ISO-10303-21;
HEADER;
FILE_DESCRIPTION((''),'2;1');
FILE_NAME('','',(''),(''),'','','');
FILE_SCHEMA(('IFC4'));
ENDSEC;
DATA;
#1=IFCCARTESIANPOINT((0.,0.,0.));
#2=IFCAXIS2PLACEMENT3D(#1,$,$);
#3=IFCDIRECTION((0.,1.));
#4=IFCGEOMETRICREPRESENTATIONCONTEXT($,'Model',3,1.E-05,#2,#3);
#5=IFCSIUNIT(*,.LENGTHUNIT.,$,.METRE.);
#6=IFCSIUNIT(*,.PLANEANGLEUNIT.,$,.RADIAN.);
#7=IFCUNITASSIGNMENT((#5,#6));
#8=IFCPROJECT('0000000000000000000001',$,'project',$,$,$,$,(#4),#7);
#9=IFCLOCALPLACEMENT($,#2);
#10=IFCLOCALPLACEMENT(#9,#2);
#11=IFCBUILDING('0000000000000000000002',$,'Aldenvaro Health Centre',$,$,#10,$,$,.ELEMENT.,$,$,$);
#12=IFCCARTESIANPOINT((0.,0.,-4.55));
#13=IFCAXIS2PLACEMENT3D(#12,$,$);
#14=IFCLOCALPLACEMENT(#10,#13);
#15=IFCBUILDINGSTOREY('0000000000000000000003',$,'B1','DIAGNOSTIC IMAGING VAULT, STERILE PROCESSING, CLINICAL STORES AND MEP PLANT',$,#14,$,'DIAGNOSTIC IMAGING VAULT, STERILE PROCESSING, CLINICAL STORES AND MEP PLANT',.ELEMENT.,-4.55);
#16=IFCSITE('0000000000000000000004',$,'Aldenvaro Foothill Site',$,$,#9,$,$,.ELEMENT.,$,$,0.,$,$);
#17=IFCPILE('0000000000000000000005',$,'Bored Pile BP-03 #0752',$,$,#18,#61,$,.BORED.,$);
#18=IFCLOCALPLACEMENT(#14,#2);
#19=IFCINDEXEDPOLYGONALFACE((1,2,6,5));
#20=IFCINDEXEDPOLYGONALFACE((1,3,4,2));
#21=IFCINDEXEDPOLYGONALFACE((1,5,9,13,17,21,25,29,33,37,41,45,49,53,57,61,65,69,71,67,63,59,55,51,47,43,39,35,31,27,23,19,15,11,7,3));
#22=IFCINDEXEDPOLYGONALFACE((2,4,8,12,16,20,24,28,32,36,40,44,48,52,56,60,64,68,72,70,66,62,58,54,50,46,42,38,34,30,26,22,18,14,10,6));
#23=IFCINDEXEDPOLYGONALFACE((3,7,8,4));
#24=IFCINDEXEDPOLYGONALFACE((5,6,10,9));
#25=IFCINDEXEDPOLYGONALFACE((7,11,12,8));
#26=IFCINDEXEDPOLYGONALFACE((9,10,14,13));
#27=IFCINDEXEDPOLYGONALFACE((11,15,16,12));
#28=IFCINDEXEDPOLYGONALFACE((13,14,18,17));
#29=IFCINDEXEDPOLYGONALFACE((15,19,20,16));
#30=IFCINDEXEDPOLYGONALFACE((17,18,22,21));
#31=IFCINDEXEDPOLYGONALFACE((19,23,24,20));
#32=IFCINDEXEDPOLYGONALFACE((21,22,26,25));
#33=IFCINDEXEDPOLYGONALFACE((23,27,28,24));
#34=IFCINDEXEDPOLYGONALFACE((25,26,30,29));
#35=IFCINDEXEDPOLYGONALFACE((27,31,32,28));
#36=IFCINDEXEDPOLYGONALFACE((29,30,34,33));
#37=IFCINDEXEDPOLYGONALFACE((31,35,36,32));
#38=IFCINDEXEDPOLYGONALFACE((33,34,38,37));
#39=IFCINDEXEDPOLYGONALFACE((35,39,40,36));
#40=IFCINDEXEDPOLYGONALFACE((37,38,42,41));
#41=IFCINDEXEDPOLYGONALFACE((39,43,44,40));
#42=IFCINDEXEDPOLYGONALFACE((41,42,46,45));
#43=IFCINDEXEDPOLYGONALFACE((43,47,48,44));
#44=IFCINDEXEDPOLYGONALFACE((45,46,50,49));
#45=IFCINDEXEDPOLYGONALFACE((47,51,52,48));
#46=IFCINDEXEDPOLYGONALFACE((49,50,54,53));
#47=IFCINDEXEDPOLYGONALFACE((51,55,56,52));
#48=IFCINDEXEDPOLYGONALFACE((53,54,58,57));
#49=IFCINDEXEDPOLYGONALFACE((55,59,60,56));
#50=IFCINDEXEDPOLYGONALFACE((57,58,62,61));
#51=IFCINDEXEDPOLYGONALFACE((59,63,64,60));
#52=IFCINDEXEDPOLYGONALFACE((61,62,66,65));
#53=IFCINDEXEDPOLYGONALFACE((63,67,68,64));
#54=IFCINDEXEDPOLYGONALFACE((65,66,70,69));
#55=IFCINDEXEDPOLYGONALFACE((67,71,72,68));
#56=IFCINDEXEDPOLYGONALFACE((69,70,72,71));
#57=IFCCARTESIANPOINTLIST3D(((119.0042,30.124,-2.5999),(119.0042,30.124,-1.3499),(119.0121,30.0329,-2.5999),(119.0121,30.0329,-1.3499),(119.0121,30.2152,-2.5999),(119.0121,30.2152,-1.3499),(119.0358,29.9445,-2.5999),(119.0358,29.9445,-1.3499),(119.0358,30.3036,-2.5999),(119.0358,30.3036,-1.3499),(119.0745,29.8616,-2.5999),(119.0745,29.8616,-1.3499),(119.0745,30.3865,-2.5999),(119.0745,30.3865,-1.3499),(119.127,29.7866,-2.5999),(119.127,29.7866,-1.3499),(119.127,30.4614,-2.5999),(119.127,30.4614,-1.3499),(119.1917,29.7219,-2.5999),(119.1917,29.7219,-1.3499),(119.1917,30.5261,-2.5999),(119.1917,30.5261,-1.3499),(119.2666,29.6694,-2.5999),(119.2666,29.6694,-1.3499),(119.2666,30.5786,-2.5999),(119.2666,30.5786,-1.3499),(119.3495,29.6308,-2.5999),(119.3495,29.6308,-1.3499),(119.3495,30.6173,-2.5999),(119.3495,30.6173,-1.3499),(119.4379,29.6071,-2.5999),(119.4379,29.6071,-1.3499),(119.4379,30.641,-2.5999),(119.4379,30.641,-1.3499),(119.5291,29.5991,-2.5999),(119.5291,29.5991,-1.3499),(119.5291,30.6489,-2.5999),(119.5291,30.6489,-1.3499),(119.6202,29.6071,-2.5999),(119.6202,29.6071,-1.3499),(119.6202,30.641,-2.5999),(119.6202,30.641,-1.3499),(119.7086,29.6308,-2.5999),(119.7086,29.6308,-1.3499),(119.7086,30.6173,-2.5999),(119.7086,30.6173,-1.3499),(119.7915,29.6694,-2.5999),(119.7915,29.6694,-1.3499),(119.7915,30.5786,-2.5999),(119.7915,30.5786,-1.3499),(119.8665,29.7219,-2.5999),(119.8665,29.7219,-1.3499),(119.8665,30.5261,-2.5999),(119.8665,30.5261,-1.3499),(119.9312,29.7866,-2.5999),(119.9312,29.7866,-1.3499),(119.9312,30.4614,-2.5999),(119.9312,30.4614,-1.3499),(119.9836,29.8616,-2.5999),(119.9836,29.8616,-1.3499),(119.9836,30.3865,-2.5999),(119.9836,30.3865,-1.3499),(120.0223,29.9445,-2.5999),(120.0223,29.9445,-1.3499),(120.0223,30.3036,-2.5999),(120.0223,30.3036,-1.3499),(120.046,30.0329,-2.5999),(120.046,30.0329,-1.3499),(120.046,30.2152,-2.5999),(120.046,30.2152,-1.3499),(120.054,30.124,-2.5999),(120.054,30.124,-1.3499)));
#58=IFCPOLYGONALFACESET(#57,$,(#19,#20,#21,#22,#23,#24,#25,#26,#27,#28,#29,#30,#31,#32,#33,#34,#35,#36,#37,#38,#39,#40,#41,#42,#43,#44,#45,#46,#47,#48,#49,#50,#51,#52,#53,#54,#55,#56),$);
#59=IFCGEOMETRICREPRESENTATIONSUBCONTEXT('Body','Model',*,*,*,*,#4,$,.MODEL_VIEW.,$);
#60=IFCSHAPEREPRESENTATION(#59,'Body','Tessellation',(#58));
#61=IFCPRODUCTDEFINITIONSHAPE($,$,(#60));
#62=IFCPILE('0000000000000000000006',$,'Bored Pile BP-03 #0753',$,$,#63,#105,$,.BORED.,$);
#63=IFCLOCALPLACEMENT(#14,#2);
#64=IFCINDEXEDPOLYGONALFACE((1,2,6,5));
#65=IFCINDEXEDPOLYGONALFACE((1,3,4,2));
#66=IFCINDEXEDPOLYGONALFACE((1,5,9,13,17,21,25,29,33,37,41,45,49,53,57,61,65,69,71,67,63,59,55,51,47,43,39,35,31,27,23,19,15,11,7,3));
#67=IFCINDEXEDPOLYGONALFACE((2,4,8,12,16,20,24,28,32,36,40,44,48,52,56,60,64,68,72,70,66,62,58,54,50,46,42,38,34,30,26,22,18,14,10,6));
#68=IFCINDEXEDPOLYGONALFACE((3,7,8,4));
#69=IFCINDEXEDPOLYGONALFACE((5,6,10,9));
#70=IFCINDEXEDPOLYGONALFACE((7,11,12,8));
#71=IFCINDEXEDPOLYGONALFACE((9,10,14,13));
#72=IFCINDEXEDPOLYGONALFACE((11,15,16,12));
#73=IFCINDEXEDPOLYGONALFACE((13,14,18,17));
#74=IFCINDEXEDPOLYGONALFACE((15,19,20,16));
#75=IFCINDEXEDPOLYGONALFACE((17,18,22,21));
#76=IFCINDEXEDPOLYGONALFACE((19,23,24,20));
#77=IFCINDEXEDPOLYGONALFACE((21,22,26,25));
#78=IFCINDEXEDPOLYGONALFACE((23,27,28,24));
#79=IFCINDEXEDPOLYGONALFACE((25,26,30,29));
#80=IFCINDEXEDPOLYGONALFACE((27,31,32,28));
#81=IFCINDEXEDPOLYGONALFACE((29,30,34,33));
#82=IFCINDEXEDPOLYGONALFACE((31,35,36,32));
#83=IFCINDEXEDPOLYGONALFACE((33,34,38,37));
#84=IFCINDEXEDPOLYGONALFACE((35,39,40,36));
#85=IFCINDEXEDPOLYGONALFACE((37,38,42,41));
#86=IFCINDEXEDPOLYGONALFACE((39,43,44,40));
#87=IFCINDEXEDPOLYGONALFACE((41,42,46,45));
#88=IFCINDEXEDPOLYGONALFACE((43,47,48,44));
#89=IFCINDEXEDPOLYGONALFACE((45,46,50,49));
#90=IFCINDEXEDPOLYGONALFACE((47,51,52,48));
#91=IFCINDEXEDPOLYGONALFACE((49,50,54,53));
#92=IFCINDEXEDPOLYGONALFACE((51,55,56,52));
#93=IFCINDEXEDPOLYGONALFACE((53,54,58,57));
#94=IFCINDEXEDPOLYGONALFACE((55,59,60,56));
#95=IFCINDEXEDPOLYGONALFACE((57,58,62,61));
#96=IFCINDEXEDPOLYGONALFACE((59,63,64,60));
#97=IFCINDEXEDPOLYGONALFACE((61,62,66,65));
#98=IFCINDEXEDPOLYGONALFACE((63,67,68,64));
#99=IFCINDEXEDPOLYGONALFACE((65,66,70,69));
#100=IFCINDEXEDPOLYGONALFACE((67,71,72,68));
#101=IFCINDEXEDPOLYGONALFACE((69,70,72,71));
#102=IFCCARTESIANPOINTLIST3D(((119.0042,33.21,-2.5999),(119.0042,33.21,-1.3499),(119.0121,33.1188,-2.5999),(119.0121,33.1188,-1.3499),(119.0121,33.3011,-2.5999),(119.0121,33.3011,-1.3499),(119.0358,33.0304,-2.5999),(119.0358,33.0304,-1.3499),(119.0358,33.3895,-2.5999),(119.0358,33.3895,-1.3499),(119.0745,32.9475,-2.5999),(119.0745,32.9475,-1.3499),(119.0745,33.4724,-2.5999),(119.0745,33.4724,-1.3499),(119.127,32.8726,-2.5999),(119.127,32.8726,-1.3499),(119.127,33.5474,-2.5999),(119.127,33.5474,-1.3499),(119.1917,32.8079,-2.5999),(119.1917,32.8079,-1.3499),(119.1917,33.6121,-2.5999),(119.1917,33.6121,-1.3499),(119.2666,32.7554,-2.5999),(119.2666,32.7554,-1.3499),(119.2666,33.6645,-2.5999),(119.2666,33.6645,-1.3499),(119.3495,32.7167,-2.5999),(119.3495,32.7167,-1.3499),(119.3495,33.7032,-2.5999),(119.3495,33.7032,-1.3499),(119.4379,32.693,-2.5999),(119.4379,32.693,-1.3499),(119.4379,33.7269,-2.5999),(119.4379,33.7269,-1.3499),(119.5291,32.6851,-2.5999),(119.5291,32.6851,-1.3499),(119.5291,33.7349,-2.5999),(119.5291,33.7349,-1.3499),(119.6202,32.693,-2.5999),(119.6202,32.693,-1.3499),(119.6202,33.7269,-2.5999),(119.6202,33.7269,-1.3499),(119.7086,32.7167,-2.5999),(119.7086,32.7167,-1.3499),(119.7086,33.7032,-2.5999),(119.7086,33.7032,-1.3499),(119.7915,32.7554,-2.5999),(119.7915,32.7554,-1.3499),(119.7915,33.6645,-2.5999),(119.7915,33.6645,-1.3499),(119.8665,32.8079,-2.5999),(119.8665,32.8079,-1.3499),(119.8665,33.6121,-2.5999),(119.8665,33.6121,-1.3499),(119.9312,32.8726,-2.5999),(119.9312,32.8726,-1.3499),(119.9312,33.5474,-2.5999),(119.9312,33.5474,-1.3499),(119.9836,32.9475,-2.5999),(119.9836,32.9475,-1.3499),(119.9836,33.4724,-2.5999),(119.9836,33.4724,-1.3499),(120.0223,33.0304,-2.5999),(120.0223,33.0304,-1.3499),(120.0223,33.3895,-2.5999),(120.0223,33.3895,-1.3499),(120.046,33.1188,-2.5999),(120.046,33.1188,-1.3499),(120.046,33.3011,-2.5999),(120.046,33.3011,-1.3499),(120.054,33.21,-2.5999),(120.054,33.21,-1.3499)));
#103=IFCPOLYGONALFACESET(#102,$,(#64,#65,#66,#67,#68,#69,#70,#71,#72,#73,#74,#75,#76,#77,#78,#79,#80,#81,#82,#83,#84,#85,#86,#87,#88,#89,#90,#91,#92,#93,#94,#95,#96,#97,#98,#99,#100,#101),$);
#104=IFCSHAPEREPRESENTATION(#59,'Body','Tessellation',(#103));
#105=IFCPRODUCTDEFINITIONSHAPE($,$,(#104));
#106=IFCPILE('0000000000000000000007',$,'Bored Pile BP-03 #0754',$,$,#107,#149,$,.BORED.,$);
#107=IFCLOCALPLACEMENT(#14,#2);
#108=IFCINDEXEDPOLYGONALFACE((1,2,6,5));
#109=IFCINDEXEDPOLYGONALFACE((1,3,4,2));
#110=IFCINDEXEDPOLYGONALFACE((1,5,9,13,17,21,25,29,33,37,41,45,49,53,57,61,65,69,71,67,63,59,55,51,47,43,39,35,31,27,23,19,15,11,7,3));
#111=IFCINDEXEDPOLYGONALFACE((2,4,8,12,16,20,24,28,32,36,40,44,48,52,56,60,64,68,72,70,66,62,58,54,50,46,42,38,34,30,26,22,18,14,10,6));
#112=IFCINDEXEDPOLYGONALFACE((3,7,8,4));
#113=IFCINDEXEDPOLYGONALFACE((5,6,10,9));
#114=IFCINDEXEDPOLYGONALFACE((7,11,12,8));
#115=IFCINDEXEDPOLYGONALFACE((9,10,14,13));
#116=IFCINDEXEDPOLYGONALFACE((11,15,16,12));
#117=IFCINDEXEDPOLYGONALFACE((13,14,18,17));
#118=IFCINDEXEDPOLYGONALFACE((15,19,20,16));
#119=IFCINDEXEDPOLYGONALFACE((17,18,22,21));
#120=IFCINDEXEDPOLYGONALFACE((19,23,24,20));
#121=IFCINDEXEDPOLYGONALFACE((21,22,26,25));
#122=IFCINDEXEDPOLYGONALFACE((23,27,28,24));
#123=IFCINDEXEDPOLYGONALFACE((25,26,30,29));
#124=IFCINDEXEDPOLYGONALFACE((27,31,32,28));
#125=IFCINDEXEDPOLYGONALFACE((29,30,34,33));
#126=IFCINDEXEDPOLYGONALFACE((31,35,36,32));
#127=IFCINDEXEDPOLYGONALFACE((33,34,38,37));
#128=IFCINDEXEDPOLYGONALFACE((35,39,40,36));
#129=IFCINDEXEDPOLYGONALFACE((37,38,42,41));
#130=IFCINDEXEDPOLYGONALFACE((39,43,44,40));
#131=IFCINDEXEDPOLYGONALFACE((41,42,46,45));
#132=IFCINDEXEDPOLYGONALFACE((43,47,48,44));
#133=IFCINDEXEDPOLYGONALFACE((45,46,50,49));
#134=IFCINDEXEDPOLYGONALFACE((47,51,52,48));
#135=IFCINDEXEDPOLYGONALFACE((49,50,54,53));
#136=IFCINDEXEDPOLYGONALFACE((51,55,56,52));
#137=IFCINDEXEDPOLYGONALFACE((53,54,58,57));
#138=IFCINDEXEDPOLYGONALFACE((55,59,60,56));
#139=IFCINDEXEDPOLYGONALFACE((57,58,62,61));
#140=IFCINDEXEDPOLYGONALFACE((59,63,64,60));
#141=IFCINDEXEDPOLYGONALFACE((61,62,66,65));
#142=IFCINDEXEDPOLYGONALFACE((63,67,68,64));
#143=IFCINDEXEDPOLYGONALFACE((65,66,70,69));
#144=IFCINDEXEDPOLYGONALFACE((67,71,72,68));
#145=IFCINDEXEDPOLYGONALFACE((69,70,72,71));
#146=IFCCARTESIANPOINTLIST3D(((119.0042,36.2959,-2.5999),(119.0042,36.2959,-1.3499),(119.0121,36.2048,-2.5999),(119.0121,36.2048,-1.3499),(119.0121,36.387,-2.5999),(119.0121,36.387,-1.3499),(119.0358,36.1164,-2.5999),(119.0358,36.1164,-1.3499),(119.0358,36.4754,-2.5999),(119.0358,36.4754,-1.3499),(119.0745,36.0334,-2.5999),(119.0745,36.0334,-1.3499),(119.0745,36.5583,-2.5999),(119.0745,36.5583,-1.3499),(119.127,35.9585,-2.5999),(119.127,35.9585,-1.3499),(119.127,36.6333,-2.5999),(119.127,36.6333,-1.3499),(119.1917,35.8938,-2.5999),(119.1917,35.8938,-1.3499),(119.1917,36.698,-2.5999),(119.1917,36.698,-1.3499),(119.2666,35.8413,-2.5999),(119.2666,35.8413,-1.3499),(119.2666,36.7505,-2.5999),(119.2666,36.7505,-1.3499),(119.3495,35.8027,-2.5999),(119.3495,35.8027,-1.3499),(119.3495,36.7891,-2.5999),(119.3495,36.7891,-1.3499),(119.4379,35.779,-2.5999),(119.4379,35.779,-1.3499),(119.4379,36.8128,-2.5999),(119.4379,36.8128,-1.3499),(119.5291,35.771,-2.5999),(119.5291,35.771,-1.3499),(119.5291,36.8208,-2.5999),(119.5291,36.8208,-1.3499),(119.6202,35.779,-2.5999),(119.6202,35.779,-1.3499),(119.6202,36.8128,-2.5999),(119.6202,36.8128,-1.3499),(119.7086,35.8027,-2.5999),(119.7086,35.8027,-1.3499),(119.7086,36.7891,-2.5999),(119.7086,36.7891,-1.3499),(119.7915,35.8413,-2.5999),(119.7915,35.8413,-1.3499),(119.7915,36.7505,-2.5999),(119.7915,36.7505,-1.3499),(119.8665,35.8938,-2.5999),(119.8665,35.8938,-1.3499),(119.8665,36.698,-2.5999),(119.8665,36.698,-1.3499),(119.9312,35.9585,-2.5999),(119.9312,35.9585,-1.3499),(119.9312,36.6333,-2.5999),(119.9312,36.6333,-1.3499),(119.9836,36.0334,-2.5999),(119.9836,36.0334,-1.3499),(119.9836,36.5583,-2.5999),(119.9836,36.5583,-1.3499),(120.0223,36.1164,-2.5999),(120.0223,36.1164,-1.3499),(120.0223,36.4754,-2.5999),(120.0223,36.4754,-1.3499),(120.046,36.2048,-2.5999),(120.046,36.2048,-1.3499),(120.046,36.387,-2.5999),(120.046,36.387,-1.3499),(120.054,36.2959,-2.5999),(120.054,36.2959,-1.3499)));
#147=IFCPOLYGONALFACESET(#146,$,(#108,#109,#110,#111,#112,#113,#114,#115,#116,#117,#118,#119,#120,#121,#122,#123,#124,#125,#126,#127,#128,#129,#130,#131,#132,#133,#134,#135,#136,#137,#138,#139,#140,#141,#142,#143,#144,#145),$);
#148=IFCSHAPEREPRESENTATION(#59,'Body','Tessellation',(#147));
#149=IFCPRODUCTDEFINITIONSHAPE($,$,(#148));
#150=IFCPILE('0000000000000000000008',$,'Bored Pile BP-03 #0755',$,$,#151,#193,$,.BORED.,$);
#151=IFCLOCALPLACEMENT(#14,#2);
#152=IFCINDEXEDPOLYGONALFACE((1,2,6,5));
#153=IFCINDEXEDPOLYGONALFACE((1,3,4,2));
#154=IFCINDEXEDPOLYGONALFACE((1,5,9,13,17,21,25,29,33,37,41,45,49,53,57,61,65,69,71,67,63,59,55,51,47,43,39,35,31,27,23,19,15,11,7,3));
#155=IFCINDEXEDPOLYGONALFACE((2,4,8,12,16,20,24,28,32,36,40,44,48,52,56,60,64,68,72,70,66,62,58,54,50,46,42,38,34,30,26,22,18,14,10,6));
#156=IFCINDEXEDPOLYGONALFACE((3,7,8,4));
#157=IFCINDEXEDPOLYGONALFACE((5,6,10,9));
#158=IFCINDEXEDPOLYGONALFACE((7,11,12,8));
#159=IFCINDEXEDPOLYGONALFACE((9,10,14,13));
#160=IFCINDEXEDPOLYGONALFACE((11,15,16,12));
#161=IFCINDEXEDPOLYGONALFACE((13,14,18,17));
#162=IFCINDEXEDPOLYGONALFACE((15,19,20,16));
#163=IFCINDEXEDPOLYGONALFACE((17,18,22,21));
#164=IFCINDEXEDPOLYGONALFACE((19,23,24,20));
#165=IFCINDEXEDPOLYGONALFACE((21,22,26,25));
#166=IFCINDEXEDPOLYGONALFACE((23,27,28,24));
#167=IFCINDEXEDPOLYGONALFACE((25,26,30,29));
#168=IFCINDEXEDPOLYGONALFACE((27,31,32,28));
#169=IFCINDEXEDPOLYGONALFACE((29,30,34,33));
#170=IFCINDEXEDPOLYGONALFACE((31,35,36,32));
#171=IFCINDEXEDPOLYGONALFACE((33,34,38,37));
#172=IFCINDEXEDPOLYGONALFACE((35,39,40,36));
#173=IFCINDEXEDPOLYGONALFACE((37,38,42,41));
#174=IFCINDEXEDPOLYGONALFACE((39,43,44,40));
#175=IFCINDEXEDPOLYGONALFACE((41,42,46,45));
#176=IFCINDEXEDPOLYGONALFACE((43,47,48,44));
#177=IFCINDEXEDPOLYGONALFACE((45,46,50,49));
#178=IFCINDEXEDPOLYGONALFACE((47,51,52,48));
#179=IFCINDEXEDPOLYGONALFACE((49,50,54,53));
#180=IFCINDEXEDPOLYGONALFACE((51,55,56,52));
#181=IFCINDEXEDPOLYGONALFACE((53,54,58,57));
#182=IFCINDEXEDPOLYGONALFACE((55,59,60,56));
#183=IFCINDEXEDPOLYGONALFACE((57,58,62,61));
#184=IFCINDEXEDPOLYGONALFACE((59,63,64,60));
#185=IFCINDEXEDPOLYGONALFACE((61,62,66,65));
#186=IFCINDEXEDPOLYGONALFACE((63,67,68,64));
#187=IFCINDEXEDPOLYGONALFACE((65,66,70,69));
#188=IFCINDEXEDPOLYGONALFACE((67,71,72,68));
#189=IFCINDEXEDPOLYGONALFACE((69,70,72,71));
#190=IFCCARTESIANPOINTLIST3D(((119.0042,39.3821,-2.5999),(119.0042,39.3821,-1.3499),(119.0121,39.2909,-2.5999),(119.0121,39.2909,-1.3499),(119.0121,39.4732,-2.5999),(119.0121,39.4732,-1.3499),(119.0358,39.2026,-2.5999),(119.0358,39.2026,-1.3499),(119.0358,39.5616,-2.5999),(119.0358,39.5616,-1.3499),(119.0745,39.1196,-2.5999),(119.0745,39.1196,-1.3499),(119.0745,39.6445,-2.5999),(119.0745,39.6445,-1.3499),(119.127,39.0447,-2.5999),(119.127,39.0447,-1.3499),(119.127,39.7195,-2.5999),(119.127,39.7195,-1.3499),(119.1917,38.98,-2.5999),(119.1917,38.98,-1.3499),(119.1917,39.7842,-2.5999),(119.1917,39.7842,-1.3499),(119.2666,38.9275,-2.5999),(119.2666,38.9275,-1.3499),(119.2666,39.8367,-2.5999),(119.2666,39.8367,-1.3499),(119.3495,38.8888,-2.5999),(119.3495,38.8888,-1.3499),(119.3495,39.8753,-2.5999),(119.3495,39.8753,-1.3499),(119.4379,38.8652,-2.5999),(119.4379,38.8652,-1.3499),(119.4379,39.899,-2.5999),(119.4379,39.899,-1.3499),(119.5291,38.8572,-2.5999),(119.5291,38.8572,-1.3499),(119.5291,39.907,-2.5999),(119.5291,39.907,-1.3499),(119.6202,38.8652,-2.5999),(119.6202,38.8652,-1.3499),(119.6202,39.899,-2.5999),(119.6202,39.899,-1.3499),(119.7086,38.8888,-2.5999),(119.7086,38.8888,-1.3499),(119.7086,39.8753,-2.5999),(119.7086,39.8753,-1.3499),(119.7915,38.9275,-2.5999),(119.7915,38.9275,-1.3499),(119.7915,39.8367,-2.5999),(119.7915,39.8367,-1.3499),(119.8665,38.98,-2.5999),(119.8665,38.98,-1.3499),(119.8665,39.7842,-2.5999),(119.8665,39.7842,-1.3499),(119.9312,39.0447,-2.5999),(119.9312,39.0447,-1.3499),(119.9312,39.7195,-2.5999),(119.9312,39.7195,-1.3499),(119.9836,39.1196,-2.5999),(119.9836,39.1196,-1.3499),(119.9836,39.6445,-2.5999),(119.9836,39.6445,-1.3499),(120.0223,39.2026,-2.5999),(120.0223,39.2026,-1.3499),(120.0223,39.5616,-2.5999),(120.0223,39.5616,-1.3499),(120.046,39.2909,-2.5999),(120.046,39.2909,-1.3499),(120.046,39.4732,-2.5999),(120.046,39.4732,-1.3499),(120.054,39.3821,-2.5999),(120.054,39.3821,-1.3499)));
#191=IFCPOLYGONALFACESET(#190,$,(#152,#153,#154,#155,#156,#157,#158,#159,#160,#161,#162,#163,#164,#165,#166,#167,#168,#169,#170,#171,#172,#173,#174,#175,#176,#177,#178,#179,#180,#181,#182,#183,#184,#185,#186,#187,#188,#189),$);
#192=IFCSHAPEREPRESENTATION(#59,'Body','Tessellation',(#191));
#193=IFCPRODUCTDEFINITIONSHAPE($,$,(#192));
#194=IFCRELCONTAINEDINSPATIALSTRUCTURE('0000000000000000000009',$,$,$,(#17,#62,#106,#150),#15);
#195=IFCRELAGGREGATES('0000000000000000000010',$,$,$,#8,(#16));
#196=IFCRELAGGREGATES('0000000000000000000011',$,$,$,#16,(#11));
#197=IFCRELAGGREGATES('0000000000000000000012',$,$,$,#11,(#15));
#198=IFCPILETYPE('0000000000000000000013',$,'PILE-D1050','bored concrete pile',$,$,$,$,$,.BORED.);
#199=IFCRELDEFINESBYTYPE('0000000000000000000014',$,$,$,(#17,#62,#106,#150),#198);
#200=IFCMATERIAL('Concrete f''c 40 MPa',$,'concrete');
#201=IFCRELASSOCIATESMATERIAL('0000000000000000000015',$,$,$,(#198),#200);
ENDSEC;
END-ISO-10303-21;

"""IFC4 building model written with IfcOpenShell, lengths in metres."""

from ifc_helpers import new_model, si_unit, direction, frame, origin, origin_2d, place, context, subcontext, project, spatial, circle, extrude, material, material_profile, profile_set, type_object, element, save


model = new_model("IFC4")

# Units and contexts
model_context = context("Model", 3, precision=1e-05, world=origin(), true_north=direction((0.0, 1.0)))
body_context = subcontext(model_context, "Body", "Model", "MODEL_VIEW")
ifc_project = project(units=[si_unit("LENGTHUNIT", "METRE"), si_unit("PLANEANGLEUNIT", "RADIAN")], contexts=[model_context])

# Site, building, storey
site_placement = place(None, origin())
site = spatial("IfcSite", under=ifc_project, at=site_placement, Name="Aldenvaro Foothill Site", CompositionType="ELEMENT", RefElevation=0.0)
building_placement = place(site_placement, origin())
building = spatial("IfcBuilding", under=site, at=building_placement, Name="Aldenvaro Health Centre", CompositionType="ELEMENT")
storey_placement = place(building_placement, frame((0.0, 0.0, -4.55)))
storey = spatial("IfcBuildingStorey", under=building, at=storey_placement, Name="B1", Description="DIAGNOSTIC IMAGING VAULT, STERILE PROCESSING, CLINICAL STORES AND MEP PLANT", LongName="DIAGNOSTIC IMAGING VAULT, STERILE PROCESSING, CLINICAL STORES AND MEP PLANT", CompositionType="ELEMENT", Elevation=-4.55)

# Piles
ifc_material = material(Name="Concrete f'c 40 MPa", Category="concrete")
ifc_material_profile = material_profile(ifc_material, circle(Radius=0.5249, at=origin_2d()), Name="PILE D1050", Category="concrete")
ifc_profile_set = profile_set([ifc_material_profile], Name="Concrete f'c 40 MPa")
pile_type = type_object("IfcPileType", Name="PILE-D1050", Description="bored concrete pile", PredefinedType="BORED", material=ifc_profile_set)
for number, where, z_axis, x_axis, name in (
    (1, (119.5291, 30.124, -1.3499), (0.0, 0.0, -1.0), (1.0, 0.0, 0.0), "Bored Pile BP-03 #0752"),
    (2, (119.5291, 33.21, -1.3499), (0.0, 0.0, -1.0), (1.0, 0.0, 0.0), "Bored Pile BP-03 #0753"),
    (3, (119.5291, 36.2959, -1.3499), (0.0, 0.0, -1.0), (1.0, 0.0, 0.0), "Bored Pile BP-03 #0754"),
    (4, (119.5291, 39.3821, -1.3499), (0.0, 0.0, -1.0), (1.0, 0.0, 0.0), "Bored Pile BP-03 #0755"),
):
    element("IfcPile", number, at=place(storey_placement, frame(where, z_axis=z_axis, x_axis=x_axis)), inside=storey, type_object=pile_type, Name=name, PredefinedType="BORED", context=body_context, shape_type="SweptSolid", body=[
        extrude(circle(Radius=0.5249, at=origin_2d()), origin(), (0.0, 0.0, 1.0), 1.25),
    ])

save(model, "model.ifc")
